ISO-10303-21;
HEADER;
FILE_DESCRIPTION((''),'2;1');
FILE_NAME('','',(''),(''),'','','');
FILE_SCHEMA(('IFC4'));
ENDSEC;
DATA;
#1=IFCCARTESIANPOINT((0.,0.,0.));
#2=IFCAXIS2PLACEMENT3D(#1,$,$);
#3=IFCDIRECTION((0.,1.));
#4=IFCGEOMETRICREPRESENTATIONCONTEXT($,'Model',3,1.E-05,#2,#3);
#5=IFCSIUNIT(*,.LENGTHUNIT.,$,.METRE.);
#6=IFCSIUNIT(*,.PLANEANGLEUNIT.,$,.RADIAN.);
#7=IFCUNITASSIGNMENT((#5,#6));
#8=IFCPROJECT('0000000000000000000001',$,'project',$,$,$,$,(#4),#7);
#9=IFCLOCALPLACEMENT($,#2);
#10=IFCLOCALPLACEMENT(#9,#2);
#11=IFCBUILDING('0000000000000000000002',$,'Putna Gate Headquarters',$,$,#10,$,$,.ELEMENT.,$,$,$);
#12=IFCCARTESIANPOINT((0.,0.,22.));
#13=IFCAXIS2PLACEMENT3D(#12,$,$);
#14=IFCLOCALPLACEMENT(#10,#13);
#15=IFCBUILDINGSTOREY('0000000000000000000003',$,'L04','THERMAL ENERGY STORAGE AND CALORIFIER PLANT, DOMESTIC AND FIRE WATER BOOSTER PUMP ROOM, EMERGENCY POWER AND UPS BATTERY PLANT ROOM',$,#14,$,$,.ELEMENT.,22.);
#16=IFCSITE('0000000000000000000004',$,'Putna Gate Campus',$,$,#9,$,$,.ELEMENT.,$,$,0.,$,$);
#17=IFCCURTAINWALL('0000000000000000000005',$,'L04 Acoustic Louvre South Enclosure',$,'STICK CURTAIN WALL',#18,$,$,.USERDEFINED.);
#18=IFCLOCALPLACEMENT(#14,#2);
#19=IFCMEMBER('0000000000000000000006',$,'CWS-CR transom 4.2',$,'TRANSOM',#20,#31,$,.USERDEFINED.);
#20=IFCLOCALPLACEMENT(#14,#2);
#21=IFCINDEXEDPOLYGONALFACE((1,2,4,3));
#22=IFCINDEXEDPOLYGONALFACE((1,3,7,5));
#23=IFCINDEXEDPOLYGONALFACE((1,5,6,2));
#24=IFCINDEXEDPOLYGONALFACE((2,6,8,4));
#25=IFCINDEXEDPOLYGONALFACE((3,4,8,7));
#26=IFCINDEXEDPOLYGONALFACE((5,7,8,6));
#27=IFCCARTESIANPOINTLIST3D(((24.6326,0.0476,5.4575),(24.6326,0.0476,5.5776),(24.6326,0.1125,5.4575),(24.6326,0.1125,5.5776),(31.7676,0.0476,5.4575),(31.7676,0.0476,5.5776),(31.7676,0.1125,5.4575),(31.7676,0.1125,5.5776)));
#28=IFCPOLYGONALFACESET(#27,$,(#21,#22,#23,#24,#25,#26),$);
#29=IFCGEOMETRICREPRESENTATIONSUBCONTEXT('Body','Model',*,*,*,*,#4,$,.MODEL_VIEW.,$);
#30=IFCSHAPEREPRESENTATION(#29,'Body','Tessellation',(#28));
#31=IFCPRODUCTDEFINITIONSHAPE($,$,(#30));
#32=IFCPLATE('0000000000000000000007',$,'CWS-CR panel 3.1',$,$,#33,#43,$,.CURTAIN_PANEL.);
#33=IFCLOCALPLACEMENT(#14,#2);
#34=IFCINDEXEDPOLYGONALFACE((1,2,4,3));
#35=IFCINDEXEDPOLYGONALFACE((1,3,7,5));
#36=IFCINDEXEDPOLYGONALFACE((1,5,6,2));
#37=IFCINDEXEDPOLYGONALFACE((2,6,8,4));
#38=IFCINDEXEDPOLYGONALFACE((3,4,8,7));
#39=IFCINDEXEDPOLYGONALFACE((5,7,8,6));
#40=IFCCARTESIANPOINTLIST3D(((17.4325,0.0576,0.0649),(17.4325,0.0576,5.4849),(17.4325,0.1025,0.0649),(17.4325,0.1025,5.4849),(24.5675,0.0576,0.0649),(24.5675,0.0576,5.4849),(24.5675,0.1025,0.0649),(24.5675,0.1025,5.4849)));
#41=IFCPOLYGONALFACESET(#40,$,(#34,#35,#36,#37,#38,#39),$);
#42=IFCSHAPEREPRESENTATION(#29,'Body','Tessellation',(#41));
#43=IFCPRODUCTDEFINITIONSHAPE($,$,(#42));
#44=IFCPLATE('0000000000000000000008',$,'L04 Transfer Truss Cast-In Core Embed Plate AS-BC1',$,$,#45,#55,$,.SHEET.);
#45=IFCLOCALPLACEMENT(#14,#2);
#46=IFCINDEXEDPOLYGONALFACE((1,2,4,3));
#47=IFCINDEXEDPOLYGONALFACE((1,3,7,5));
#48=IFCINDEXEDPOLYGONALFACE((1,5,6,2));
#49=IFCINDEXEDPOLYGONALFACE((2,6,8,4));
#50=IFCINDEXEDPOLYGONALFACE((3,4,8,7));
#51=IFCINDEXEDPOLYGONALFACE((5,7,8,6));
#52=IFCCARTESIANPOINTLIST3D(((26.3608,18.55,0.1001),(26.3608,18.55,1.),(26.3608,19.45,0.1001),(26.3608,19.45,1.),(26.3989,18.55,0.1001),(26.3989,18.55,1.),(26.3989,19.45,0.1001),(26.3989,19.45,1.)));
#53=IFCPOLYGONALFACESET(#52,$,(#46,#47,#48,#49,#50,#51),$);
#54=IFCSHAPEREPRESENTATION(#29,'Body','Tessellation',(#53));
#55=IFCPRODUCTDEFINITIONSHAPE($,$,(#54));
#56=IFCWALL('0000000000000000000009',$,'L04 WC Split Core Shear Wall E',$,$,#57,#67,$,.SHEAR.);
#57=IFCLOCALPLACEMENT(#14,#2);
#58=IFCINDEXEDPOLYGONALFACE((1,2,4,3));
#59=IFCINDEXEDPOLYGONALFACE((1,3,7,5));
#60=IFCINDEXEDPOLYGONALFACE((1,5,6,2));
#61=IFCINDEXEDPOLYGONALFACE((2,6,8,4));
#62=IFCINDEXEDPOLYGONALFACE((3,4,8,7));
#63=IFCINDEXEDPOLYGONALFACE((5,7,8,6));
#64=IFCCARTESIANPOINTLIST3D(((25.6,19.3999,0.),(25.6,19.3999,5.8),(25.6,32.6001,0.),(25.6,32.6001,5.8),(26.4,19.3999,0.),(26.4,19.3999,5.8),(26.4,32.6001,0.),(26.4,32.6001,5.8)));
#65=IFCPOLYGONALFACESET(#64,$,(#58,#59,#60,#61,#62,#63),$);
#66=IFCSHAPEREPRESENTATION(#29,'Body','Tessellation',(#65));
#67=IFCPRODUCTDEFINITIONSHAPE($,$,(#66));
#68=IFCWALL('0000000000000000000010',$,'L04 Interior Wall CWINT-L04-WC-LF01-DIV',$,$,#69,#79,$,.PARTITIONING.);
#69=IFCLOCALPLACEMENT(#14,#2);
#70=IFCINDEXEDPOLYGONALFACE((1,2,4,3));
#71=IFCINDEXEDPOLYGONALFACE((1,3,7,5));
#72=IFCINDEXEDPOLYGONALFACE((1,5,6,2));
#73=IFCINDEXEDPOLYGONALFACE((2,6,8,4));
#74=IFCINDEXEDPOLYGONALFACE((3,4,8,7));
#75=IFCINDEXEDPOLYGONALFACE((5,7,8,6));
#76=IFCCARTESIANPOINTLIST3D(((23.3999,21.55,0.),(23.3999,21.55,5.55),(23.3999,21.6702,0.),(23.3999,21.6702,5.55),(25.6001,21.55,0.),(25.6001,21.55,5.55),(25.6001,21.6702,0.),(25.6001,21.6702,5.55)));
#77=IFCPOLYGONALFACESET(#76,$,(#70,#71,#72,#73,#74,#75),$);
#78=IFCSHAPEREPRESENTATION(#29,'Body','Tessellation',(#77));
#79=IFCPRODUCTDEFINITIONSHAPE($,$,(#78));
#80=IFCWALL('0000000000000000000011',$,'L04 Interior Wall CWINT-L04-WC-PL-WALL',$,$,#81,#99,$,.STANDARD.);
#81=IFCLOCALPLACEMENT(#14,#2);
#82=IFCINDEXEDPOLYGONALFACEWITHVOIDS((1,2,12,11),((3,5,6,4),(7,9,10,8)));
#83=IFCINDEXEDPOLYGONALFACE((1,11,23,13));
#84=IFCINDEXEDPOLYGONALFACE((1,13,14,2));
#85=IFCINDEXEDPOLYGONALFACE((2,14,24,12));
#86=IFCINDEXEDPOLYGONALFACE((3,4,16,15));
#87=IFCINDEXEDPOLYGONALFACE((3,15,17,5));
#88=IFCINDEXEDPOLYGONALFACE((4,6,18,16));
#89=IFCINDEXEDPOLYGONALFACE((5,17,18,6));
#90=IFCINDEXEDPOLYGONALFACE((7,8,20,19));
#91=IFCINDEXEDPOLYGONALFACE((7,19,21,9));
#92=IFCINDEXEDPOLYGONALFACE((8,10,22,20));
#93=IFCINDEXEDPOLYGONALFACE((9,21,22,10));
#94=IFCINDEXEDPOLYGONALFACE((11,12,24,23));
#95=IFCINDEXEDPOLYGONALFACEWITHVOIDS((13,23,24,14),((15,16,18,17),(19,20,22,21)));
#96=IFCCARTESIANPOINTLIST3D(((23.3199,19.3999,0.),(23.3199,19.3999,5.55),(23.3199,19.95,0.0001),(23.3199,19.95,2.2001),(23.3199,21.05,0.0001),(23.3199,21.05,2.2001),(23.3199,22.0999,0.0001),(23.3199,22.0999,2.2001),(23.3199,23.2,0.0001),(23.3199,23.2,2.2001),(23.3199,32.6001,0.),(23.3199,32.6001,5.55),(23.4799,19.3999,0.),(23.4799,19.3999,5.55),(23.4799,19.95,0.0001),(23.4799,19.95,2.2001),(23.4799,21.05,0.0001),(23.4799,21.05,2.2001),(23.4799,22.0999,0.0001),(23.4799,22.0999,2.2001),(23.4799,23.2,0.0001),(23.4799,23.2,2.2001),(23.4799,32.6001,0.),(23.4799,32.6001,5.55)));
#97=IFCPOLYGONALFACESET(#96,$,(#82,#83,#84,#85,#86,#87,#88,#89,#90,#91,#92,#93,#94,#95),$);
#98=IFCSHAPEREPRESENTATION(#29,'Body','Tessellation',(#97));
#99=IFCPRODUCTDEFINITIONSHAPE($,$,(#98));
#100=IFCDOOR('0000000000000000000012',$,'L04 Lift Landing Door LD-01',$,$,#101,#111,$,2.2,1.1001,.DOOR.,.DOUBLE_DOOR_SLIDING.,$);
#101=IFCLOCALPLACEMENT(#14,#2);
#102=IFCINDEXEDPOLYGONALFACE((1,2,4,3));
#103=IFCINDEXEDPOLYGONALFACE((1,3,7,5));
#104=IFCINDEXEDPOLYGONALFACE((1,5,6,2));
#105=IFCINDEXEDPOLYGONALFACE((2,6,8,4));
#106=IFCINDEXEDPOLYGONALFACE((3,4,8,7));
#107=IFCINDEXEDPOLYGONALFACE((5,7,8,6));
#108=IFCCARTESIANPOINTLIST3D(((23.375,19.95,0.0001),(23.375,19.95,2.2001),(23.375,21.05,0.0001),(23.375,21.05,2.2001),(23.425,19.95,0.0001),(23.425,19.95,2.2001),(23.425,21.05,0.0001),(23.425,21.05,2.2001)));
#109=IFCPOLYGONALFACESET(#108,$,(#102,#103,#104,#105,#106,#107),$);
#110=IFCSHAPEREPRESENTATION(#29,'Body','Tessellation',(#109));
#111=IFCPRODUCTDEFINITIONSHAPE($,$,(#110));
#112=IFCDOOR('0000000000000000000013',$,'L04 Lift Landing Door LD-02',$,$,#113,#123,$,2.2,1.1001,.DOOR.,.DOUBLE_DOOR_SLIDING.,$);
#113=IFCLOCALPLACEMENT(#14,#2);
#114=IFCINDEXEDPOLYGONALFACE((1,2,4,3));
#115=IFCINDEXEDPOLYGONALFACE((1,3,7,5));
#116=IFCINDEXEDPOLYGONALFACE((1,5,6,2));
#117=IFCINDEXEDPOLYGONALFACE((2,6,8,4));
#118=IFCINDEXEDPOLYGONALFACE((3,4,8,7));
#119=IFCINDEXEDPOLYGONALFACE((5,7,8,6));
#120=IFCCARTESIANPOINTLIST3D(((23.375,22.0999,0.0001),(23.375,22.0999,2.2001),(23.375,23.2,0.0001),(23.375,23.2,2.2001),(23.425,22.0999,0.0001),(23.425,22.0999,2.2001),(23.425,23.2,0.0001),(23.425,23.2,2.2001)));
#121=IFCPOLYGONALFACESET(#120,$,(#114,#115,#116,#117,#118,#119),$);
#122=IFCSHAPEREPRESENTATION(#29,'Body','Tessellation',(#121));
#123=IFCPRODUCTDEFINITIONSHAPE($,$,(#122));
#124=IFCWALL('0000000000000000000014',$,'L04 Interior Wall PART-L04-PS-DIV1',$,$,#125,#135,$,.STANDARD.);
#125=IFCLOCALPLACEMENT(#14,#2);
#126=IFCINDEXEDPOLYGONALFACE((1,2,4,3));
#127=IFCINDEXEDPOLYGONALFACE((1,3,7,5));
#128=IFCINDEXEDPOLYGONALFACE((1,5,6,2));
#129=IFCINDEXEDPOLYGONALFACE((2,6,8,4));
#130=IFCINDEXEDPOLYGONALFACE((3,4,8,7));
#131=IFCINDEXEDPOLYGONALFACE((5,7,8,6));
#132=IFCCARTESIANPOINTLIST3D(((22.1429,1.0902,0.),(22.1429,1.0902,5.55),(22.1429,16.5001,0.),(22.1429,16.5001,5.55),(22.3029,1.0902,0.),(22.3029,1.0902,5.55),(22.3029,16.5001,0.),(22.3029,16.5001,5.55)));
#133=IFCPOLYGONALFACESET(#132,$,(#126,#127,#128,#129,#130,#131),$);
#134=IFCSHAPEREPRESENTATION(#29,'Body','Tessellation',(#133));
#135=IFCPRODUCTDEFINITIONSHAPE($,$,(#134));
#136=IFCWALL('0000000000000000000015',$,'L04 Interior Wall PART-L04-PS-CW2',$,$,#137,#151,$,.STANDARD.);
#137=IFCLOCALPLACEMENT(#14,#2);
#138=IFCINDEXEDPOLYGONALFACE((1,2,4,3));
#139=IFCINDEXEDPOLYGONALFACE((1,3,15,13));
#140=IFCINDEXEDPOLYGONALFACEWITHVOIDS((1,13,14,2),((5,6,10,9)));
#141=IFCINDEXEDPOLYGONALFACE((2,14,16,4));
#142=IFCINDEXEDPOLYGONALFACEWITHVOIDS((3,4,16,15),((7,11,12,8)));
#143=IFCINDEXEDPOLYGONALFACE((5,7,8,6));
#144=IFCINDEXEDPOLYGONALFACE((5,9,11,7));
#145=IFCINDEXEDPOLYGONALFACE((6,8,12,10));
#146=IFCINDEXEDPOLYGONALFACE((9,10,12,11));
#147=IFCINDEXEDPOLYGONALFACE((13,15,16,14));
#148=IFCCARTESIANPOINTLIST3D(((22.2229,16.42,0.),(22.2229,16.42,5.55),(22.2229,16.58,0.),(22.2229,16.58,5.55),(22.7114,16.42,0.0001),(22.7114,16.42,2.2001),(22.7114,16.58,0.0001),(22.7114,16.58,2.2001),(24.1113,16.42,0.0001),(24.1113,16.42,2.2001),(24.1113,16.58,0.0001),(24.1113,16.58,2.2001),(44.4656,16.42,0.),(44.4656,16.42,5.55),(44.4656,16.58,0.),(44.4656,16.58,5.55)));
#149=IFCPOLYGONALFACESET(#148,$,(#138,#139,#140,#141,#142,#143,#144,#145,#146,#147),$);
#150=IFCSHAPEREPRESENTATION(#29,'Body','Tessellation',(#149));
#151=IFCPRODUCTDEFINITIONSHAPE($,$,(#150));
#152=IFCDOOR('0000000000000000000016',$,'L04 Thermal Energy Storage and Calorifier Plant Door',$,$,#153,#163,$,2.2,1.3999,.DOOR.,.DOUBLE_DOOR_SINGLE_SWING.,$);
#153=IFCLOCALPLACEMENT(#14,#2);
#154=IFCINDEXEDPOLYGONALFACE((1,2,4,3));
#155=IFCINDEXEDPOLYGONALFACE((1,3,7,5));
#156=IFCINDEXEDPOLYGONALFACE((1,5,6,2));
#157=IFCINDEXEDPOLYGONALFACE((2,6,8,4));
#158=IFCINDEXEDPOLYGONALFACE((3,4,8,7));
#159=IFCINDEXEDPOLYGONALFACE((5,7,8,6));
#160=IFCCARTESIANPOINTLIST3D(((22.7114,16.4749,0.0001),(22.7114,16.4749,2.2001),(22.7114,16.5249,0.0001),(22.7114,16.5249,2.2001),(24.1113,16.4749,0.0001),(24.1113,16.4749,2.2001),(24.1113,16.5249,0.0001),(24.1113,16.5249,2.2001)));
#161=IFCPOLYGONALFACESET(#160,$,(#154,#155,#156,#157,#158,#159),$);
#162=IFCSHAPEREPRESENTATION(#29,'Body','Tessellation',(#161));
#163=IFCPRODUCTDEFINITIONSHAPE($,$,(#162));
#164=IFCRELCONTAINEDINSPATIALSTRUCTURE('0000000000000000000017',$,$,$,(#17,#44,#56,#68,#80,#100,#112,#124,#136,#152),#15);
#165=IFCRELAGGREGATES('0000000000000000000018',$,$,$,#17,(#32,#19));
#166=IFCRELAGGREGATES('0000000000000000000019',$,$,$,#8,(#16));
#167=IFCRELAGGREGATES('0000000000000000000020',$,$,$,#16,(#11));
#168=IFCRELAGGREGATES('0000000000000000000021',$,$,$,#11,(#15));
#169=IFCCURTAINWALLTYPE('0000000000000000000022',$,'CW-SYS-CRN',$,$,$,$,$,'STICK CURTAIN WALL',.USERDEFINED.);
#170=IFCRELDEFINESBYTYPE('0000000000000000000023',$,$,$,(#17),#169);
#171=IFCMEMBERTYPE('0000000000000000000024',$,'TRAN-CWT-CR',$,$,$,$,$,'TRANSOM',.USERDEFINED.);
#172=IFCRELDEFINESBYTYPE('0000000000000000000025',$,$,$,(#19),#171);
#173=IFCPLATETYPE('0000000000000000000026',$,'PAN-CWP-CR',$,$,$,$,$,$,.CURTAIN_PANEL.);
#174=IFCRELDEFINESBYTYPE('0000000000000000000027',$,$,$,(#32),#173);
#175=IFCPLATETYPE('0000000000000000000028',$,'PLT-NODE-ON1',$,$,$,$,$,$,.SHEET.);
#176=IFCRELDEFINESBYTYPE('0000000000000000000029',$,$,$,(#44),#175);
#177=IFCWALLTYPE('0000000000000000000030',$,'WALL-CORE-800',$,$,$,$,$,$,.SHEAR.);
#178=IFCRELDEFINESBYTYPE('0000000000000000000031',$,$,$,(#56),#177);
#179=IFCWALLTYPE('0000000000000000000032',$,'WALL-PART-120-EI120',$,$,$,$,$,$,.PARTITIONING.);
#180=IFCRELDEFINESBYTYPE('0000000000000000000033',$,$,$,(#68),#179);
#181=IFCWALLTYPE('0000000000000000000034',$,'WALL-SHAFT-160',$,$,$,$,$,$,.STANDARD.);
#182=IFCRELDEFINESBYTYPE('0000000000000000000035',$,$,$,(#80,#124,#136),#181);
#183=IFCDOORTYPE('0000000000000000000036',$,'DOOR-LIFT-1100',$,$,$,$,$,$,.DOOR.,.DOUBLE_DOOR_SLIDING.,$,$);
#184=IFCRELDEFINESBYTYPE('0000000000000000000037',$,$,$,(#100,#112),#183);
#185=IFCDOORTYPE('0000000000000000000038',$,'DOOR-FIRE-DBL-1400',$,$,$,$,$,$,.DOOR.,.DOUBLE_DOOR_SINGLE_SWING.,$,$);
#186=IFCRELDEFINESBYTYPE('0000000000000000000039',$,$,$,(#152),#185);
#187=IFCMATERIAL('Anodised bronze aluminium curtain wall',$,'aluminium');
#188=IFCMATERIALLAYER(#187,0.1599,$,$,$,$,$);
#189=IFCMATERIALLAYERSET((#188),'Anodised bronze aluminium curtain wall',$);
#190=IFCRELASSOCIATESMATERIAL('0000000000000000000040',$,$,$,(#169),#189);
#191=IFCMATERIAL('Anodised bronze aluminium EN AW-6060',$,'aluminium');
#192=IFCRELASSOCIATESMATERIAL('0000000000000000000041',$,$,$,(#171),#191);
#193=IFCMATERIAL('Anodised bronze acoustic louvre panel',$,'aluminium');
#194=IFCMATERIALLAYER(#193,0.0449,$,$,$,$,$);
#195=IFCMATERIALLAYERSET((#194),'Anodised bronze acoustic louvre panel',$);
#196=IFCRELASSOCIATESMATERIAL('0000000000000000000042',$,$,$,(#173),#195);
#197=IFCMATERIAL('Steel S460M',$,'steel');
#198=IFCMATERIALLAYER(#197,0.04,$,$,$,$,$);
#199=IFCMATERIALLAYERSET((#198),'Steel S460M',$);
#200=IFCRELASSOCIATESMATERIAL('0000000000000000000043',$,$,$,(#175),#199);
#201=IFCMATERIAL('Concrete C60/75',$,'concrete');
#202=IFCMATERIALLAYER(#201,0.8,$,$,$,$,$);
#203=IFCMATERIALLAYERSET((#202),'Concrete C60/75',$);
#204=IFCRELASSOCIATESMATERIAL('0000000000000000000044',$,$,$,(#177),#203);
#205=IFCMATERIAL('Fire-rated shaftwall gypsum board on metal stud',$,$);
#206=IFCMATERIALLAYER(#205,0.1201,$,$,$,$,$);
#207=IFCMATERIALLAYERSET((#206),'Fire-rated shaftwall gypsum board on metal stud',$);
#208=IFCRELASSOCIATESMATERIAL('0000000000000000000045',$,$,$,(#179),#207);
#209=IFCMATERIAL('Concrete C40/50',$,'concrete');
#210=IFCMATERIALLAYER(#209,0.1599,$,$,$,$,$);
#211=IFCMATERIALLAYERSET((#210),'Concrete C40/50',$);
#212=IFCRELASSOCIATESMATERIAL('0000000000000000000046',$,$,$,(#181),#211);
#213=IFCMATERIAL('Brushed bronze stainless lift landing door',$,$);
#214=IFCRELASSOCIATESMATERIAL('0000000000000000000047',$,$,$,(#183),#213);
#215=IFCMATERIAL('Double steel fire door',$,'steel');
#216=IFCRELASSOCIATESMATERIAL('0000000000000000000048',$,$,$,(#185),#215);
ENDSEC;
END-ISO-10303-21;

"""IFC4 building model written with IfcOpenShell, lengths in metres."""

from ifc_helpers import new_model, si_unit, direction, frame, frame_2d, origin, origin_2d, place, context, subcontext, project, spatial, rectangle, extrude, material, layer, layer_set, material_profile, profile_set, type_object, element, fill, aggregate, save


model = new_model("IFC4")

# Units and contexts
model_context = context("Model", 3, precision=1e-05, world=origin(), true_north=direction((0.0, 1.0)))
body_context = subcontext(model_context, "Body", "Model", "MODEL_VIEW")
ifc_project = project(units=[si_unit("LENGTHUNIT", "METRE"), si_unit("PLANEANGLEUNIT", "RADIAN")], contexts=[model_context])

# Site, building, storey
site_placement = place(None, origin())
site = spatial("IfcSite", under=ifc_project, at=site_placement, Name="Putna Gate Campus", CompositionType="ELEMENT", RefElevation=0.0)
building_placement = place(site_placement, origin())
building = spatial("IfcBuilding", under=site, at=building_placement, Name="Putna Gate Headquarters", CompositionType="ELEMENT")
storey_placement = place(building_placement, frame((0.0, 0.0, 22.0)))
storey = spatial("IfcBuildingStorey", under=building, at=storey_placement, Name="L04", Description="THERMAL ENERGY STORAGE AND CALORIFIER PLANT, DOMESTIC AND FIRE WATER BOOSTER PUMP ROOM, EMERGENCY POWER AND UPS BATTERY PLANT ROOM", CompositionType="ELEMENT", Elevation=22.0)

# Shared definitions
ifc_material_1 = material(Name="Concrete C60/75", Category="concrete")

# Shared definitions
ifc_material_2 = material(Name="Steel S460M", Category="steel")

# Curtain wall, member, plate
ifc_material_3 = material(Name="Anodised bronze aluminium curtain wall", Category="aluminium")
ifc_layer_1 = layer(ifc_material_3, 0.1599)
ifc_layer_set_1 = layer_set([ifc_layer_1], Name="Anodised bronze aluminium curtain wall")
curtain_wall_type = type_object("IfcCurtainWallType", Name="CW-SYS-CRN", ElementType="STICK CURTAIN WALL", PredefinedType="USERDEFINED", material=ifc_layer_set_1)
curtain_wall_placement = place(storey_placement, origin())
curtain_wall = element("IfcCurtainWall", 1, at=curtain_wall_placement, inside=storey, type_object=curtain_wall_type, Name="L04 Acoustic Louvre South Enclosure", ObjectType="STICK CURTAIN WALL", PredefinedType="USERDEFINED")
ifc_material_4 = material(Name="Anodised bronze aluminium EN AW-6060", Category="aluminium")
ifc_material_profile_1 = material_profile(ifc_material_4, rectangle(XDim=0.0649, YDim=0.1201, at=origin_2d()), Name="Anodised bronze aluminium EN AW-6060")
ifc_profile_set_1 = profile_set([ifc_material_profile_1], Name="Anodised bronze aluminium EN AW-6060")
member_type_1 = type_object("IfcMemberType", Name="TRAN-CWT-CR", ElementType="TRANSOM", PredefinedType="USERDEFINED", material=ifc_profile_set_1)
member_1_placement = place(storey_placement, frame((24.6326, 0.0801, 5.5176), z_axis=(1.0, 0.0, 0.0), x_axis=(0.0, 1.0, 0.0)))
member_1 = element("IfcMember", 2, at=member_1_placement, type_object=member_type_1, Name="CWS-CR transom 4.2", ObjectType="TRANSOM", PredefinedType="USERDEFINED", context=body_context, shape_type="SweptSolid", body=[
    extrude(rectangle(XDim=0.0649, YDim=0.1201, at=origin_2d()), origin(), (0.0, 0.0, 1.0), 7.135),
])
ifc_material_5 = material(Name="Anodised bronze acoustic louvre panel", Category="aluminium")
ifc_layer_2 = layer(ifc_material_5, 0.0449)
ifc_layer_set_2 = layer_set([ifc_layer_2], Name="Anodised bronze acoustic louvre panel")
plate_type_1 = type_object("IfcPlateType", Name="PAN-CWP-CR", PredefinedType="CURTAIN_PANEL", material=ifc_layer_set_2)
plate_1_placement = place(storey_placement, frame((21.0, 0.0801, 0.0649), z_axis=(0.0, 0.0, 1.0), x_axis=(1.0, 0.0, 0.0)))
plate_1 = element("IfcPlate", 3, at=plate_1_placement, type_object=plate_type_1, Name="CWS-CR panel 3.1", PredefinedType="CURTAIN_PANEL", context=body_context, shape_type="SweptSolid", body=[
    extrude(rectangle(XDim=7.135, YDim=0.0449, at=origin_2d()), origin(), (0.0, 0.0, 1.0), 5.4199),
])
aggregate(curtain_wall, [plate_1, member_1])

# Plate
ifc_layer_3 = layer(ifc_material_2, 0.04)
ifc_layer_set_3 = layer_set([ifc_layer_3], Name="Steel S460M")
plate_type_2 = type_object("IfcPlateType", Name="PLT-NODE-ON1", PredefinedType="SHEET", material=ifc_layer_set_3)
plate_2_placement = place(storey_placement, frame((26.3799, 19.0, 0.1001), z_axis=(0.0, 0.0, 1.0), x_axis=(1.0, 0.0, 0.0)))
element("IfcPlate", 4, at=plate_2_placement, inside=storey, type_object=plate_type_2, Name="L04 Transfer Truss Cast-In Core Embed Plate AS-BC1", PredefinedType="SHEET", context=body_context, shape_type="SweptSolid", body=[
    extrude(rectangle(XDim=0.0381, YDim=0.8999, at=origin_2d()), origin(), (0.0, 0.0, 1.0), 0.8999),
])

# Walls
ifc_layer_4 = layer(ifc_material_1, 0.8)
ifc_layer_set_4 = layer_set([ifc_layer_4], Name="Concrete C60/75")
wall_type_1 = type_object("IfcWallType", Name="WALL-CORE-800", PredefinedType="SHEAR", material=ifc_layer_set_4)
wall_1_placement = place(storey_placement, frame((26.0, 19.3999, 0.0), z_axis=(0.0, 0.0, 1.0), x_axis=(0.0, 1.0, 0.0)))
element("IfcWall", 5, at=wall_1_placement, inside=storey, type_object=wall_type_1, Name="L04 WC Split Core Shear Wall E", PredefinedType="SHEAR", context=body_context, shape_type="SweptSolid", body=[
    extrude(rectangle(XDim=13.2002, YDim=0.8, at=frame_2d((6.6001, 0.0))), origin(), (0.0, 0.0, 1.0), 5.8),
])
ifc_material_6 = material(Name="Fire-rated shaftwall gypsum board on metal stud")
ifc_layer_5 = layer(ifc_material_6, 0.1201)
ifc_layer_set_5 = layer_set([ifc_layer_5], Name="Fire-rated shaftwall gypsum board on metal stud")
wall_type_2 = type_object("IfcWallType", Name="WALL-PART-120-EI120", PredefinedType="PARTITIONING", material=ifc_layer_set_5)
wall_2_placement = place(storey_placement, frame((23.3999, 21.6101, 0.0), z_axis=(0.0, 0.0, 1.0), x_axis=(1.0, 0.0, 0.0)))
element("IfcWall", 6, at=wall_2_placement, inside=storey, type_object=wall_type_2, Name="L04 Interior Wall CWINT-L04-WC-LF01-DIV", PredefinedType="PARTITIONING", context=body_context, shape_type="SweptSolid", body=[
    extrude(rectangle(XDim=2.2002, YDim=0.1201, at=frame_2d((1.1001, 0.0))), origin(), (0.0, 0.0, 1.0), 5.55),
])

# Wall, openings, doors
ifc_material_7 = material(Name="Concrete C40/50", Category="concrete")
ifc_layer_6 = layer(ifc_material_7, 0.1599)
ifc_layer_set_6 = layer_set([ifc_layer_6], Name="Concrete C40/50")
wall_type_3 = type_object("IfcWallType", Name="WALL-SHAFT-160", PredefinedType="STANDARD", material=ifc_layer_set_6)
wall_3_placement = place(storey_placement, frame((23.3999, 19.3999, 0.0), z_axis=(0.0, 0.0, 1.0), x_axis=(0.0, 1.0, 0.0)))
wall_3 = element("IfcWall", 7, at=wall_3_placement, inside=storey, type_object=wall_type_3, Name="L04 Interior Wall CWINT-L04-WC-PL-WALL", PredefinedType="STANDARD", context=body_context, shape_type="SweptSolid", body=[
    extrude(rectangle(XDim=13.2002, YDim=0.1599, at=frame_2d((6.6001, 0.0))), origin(), (0.0, 0.0, 1.0), 5.55),
])
opening_1_placement = place(wall_3_placement, frame((0.55, 0.0, 0.0)))
opening_1 = element("IfcOpeningElement", 8, at=opening_1_placement, cuts=wall_3, PredefinedType="OPENING", context=body_context, shape_type="SweptSolid", body=[
    extrude(rectangle(XDim=1.1001, YDim=2.2, at=frame_2d((0.55, 1.1001))), frame((0.0, 0.0898, 0.0), z_axis=(0.0, -1.0, 0.0), x_axis=(1.0, 0.0, 0.0)), (0.0, 0.0, 1.0), 0.1799),
])
opening_2_placement = place(wall_3_placement, frame((2.7, 0.0, 0.0)))
opening_2 = element("IfcOpeningElement", 9, at=opening_2_placement, cuts=wall_3, PredefinedType="OPENING", context=body_context, shape_type="SweptSolid", body=[
    extrude(rectangle(XDim=1.1001, YDim=2.2, at=frame_2d((0.55, 1.1001))), frame((0.0, 0.0898, 0.0), z_axis=(0.0, -1.0, 0.0), x_axis=(1.0, 0.0, 0.0)), (0.0, 0.0, 1.0), 0.1799),
])
ifc_material_8 = material(Name="Brushed bronze stainless lift landing door")
door_type_1 = type_object("IfcDoorType", Name="DOOR-LIFT-1100", OperationType="DOUBLE_DOOR_SLIDING", PredefinedType="DOOR", material=ifc_material_8)
door_1_placement = place(opening_1_placement, origin())
door_1 = element("IfcDoor", 10, at=door_1_placement, inside=storey, type_object=door_type_1, Name="L04 Lift Landing Door LD-01", OperationType="DOUBLE_DOOR_SLIDING", OverallHeight=2.2, OverallWidth=1.1001, PredefinedType="DOOR", context=body_context, shape_type="SweptSolid", body=[
    extrude(rectangle(XDim=1.1001, YDim=2.2, at=frame_2d((0.55, 1.1001))), frame((0.0, 0.0249, 0.0), z_axis=(0.0, -1.0, 0.0), x_axis=(1.0, 0.0, 0.0)), (0.0, 0.0, 1.0), 0.05),
])
fill(opening_1, door_1)
door_2_placement = place(opening_2_placement, origin())
door_2 = element("IfcDoor", 11, at=door_2_placement, inside=storey, type_object=door_type_1, Name="L04 Lift Landing Door LD-02", OperationType="DOUBLE_DOOR_SLIDING", OverallHeight=2.2, OverallWidth=1.1001, PredefinedType="DOOR", context=body_context, shape_type="SweptSolid", body=[
    extrude(rectangle(XDim=1.1001, YDim=2.2, at=frame_2d((0.55, 1.1001))), frame((0.0, 0.0249, 0.0), z_axis=(0.0, -1.0, 0.0), x_axis=(1.0, 0.0, 0.0)), (0.0, 0.0, 1.0), 0.05),
])
fill(opening_2, door_2)

# Wall
wall_4_placement = place(storey_placement, frame((22.2229, 1.0901, 0.0), z_axis=(0.0, 0.0, 1.0), x_axis=(0.0, 1.0, 0.0)))
element("IfcWall", 12, at=wall_4_placement, inside=storey, type_object=wall_type_3, Name="L04 Interior Wall PART-L04-PS-DIV1", PredefinedType="STANDARD", context=body_context, shape_type="SweptSolid", body=[
    extrude(rectangle(XDim=15.4099, YDim=0.1599, at=frame_2d((7.7051, 0.0))), origin(), (0.0, 0.0, 1.0), 5.55),
])

# Wall, opening, door
wall_5_placement = place(storey_placement, frame((22.2229, 16.5, 0.0), z_axis=(0.0, 0.0, 1.0), x_axis=(1.0, 0.0, 0.0)))
wall_5 = element("IfcWall", 13, at=wall_5_placement, inside=storey, type_object=wall_type_3, Name="L04 Interior Wall PART-L04-PS-CW2", PredefinedType="STANDARD", context=body_context, shape_type="SweptSolid", body=[
    extrude(rectangle(XDim=22.2427, YDim=0.1599, at=frame_2d((11.1213, 0.0))), origin(), (0.0, 0.0, 1.0), 5.55),
])
opening_3_placement = place(wall_5_placement, frame((0.4885, 0.0, 0.0)))
opening_3 = element("IfcOpeningElement", 14, at=opening_3_placement, cuts=wall_5, PredefinedType="OPENING", context=body_context, shape_type="SweptSolid", body=[
    extrude(rectangle(XDim=1.3999, YDim=2.2, at=frame_2d((0.7, 1.1001))), frame((0.0, 0.0898, 0.0), z_axis=(0.0, -1.0, 0.0), x_axis=(1.0, 0.0, 0.0)), (0.0, 0.0, 1.0), 0.1799),
])
ifc_material_9 = material(Name="Double steel fire door", Category="steel")
door_type_2 = type_object("IfcDoorType", Name="DOOR-FIRE-DBL-1400", OperationType="DOUBLE_DOOR_SINGLE_SWING", PredefinedType="DOOR", material=ifc_material_9)
door_3_placement = place(opening_3_placement, origin())
door_3 = element("IfcDoor", 15, at=door_3_placement, inside=storey, type_object=door_type_2, Name="L04 Thermal Energy Storage and Calorifier Plant Door", OperationType="DOUBLE_DOOR_SINGLE_SWING", OverallHeight=2.2, OverallWidth=1.3999, PredefinedType="DOOR", context=body_context, shape_type="SweptSolid", body=[
    extrude(rectangle(XDim=1.3999, YDim=2.2, at=frame_2d((0.7, 1.1001))), frame((0.0, 0.0249, 0.0), z_axis=(0.0, -1.0, 0.0), x_axis=(1.0, 0.0, 0.0)), (0.0, 0.0, 1.0), 0.05),
])
fill(opening_3, door_3)

save(model, "model.ifc")
